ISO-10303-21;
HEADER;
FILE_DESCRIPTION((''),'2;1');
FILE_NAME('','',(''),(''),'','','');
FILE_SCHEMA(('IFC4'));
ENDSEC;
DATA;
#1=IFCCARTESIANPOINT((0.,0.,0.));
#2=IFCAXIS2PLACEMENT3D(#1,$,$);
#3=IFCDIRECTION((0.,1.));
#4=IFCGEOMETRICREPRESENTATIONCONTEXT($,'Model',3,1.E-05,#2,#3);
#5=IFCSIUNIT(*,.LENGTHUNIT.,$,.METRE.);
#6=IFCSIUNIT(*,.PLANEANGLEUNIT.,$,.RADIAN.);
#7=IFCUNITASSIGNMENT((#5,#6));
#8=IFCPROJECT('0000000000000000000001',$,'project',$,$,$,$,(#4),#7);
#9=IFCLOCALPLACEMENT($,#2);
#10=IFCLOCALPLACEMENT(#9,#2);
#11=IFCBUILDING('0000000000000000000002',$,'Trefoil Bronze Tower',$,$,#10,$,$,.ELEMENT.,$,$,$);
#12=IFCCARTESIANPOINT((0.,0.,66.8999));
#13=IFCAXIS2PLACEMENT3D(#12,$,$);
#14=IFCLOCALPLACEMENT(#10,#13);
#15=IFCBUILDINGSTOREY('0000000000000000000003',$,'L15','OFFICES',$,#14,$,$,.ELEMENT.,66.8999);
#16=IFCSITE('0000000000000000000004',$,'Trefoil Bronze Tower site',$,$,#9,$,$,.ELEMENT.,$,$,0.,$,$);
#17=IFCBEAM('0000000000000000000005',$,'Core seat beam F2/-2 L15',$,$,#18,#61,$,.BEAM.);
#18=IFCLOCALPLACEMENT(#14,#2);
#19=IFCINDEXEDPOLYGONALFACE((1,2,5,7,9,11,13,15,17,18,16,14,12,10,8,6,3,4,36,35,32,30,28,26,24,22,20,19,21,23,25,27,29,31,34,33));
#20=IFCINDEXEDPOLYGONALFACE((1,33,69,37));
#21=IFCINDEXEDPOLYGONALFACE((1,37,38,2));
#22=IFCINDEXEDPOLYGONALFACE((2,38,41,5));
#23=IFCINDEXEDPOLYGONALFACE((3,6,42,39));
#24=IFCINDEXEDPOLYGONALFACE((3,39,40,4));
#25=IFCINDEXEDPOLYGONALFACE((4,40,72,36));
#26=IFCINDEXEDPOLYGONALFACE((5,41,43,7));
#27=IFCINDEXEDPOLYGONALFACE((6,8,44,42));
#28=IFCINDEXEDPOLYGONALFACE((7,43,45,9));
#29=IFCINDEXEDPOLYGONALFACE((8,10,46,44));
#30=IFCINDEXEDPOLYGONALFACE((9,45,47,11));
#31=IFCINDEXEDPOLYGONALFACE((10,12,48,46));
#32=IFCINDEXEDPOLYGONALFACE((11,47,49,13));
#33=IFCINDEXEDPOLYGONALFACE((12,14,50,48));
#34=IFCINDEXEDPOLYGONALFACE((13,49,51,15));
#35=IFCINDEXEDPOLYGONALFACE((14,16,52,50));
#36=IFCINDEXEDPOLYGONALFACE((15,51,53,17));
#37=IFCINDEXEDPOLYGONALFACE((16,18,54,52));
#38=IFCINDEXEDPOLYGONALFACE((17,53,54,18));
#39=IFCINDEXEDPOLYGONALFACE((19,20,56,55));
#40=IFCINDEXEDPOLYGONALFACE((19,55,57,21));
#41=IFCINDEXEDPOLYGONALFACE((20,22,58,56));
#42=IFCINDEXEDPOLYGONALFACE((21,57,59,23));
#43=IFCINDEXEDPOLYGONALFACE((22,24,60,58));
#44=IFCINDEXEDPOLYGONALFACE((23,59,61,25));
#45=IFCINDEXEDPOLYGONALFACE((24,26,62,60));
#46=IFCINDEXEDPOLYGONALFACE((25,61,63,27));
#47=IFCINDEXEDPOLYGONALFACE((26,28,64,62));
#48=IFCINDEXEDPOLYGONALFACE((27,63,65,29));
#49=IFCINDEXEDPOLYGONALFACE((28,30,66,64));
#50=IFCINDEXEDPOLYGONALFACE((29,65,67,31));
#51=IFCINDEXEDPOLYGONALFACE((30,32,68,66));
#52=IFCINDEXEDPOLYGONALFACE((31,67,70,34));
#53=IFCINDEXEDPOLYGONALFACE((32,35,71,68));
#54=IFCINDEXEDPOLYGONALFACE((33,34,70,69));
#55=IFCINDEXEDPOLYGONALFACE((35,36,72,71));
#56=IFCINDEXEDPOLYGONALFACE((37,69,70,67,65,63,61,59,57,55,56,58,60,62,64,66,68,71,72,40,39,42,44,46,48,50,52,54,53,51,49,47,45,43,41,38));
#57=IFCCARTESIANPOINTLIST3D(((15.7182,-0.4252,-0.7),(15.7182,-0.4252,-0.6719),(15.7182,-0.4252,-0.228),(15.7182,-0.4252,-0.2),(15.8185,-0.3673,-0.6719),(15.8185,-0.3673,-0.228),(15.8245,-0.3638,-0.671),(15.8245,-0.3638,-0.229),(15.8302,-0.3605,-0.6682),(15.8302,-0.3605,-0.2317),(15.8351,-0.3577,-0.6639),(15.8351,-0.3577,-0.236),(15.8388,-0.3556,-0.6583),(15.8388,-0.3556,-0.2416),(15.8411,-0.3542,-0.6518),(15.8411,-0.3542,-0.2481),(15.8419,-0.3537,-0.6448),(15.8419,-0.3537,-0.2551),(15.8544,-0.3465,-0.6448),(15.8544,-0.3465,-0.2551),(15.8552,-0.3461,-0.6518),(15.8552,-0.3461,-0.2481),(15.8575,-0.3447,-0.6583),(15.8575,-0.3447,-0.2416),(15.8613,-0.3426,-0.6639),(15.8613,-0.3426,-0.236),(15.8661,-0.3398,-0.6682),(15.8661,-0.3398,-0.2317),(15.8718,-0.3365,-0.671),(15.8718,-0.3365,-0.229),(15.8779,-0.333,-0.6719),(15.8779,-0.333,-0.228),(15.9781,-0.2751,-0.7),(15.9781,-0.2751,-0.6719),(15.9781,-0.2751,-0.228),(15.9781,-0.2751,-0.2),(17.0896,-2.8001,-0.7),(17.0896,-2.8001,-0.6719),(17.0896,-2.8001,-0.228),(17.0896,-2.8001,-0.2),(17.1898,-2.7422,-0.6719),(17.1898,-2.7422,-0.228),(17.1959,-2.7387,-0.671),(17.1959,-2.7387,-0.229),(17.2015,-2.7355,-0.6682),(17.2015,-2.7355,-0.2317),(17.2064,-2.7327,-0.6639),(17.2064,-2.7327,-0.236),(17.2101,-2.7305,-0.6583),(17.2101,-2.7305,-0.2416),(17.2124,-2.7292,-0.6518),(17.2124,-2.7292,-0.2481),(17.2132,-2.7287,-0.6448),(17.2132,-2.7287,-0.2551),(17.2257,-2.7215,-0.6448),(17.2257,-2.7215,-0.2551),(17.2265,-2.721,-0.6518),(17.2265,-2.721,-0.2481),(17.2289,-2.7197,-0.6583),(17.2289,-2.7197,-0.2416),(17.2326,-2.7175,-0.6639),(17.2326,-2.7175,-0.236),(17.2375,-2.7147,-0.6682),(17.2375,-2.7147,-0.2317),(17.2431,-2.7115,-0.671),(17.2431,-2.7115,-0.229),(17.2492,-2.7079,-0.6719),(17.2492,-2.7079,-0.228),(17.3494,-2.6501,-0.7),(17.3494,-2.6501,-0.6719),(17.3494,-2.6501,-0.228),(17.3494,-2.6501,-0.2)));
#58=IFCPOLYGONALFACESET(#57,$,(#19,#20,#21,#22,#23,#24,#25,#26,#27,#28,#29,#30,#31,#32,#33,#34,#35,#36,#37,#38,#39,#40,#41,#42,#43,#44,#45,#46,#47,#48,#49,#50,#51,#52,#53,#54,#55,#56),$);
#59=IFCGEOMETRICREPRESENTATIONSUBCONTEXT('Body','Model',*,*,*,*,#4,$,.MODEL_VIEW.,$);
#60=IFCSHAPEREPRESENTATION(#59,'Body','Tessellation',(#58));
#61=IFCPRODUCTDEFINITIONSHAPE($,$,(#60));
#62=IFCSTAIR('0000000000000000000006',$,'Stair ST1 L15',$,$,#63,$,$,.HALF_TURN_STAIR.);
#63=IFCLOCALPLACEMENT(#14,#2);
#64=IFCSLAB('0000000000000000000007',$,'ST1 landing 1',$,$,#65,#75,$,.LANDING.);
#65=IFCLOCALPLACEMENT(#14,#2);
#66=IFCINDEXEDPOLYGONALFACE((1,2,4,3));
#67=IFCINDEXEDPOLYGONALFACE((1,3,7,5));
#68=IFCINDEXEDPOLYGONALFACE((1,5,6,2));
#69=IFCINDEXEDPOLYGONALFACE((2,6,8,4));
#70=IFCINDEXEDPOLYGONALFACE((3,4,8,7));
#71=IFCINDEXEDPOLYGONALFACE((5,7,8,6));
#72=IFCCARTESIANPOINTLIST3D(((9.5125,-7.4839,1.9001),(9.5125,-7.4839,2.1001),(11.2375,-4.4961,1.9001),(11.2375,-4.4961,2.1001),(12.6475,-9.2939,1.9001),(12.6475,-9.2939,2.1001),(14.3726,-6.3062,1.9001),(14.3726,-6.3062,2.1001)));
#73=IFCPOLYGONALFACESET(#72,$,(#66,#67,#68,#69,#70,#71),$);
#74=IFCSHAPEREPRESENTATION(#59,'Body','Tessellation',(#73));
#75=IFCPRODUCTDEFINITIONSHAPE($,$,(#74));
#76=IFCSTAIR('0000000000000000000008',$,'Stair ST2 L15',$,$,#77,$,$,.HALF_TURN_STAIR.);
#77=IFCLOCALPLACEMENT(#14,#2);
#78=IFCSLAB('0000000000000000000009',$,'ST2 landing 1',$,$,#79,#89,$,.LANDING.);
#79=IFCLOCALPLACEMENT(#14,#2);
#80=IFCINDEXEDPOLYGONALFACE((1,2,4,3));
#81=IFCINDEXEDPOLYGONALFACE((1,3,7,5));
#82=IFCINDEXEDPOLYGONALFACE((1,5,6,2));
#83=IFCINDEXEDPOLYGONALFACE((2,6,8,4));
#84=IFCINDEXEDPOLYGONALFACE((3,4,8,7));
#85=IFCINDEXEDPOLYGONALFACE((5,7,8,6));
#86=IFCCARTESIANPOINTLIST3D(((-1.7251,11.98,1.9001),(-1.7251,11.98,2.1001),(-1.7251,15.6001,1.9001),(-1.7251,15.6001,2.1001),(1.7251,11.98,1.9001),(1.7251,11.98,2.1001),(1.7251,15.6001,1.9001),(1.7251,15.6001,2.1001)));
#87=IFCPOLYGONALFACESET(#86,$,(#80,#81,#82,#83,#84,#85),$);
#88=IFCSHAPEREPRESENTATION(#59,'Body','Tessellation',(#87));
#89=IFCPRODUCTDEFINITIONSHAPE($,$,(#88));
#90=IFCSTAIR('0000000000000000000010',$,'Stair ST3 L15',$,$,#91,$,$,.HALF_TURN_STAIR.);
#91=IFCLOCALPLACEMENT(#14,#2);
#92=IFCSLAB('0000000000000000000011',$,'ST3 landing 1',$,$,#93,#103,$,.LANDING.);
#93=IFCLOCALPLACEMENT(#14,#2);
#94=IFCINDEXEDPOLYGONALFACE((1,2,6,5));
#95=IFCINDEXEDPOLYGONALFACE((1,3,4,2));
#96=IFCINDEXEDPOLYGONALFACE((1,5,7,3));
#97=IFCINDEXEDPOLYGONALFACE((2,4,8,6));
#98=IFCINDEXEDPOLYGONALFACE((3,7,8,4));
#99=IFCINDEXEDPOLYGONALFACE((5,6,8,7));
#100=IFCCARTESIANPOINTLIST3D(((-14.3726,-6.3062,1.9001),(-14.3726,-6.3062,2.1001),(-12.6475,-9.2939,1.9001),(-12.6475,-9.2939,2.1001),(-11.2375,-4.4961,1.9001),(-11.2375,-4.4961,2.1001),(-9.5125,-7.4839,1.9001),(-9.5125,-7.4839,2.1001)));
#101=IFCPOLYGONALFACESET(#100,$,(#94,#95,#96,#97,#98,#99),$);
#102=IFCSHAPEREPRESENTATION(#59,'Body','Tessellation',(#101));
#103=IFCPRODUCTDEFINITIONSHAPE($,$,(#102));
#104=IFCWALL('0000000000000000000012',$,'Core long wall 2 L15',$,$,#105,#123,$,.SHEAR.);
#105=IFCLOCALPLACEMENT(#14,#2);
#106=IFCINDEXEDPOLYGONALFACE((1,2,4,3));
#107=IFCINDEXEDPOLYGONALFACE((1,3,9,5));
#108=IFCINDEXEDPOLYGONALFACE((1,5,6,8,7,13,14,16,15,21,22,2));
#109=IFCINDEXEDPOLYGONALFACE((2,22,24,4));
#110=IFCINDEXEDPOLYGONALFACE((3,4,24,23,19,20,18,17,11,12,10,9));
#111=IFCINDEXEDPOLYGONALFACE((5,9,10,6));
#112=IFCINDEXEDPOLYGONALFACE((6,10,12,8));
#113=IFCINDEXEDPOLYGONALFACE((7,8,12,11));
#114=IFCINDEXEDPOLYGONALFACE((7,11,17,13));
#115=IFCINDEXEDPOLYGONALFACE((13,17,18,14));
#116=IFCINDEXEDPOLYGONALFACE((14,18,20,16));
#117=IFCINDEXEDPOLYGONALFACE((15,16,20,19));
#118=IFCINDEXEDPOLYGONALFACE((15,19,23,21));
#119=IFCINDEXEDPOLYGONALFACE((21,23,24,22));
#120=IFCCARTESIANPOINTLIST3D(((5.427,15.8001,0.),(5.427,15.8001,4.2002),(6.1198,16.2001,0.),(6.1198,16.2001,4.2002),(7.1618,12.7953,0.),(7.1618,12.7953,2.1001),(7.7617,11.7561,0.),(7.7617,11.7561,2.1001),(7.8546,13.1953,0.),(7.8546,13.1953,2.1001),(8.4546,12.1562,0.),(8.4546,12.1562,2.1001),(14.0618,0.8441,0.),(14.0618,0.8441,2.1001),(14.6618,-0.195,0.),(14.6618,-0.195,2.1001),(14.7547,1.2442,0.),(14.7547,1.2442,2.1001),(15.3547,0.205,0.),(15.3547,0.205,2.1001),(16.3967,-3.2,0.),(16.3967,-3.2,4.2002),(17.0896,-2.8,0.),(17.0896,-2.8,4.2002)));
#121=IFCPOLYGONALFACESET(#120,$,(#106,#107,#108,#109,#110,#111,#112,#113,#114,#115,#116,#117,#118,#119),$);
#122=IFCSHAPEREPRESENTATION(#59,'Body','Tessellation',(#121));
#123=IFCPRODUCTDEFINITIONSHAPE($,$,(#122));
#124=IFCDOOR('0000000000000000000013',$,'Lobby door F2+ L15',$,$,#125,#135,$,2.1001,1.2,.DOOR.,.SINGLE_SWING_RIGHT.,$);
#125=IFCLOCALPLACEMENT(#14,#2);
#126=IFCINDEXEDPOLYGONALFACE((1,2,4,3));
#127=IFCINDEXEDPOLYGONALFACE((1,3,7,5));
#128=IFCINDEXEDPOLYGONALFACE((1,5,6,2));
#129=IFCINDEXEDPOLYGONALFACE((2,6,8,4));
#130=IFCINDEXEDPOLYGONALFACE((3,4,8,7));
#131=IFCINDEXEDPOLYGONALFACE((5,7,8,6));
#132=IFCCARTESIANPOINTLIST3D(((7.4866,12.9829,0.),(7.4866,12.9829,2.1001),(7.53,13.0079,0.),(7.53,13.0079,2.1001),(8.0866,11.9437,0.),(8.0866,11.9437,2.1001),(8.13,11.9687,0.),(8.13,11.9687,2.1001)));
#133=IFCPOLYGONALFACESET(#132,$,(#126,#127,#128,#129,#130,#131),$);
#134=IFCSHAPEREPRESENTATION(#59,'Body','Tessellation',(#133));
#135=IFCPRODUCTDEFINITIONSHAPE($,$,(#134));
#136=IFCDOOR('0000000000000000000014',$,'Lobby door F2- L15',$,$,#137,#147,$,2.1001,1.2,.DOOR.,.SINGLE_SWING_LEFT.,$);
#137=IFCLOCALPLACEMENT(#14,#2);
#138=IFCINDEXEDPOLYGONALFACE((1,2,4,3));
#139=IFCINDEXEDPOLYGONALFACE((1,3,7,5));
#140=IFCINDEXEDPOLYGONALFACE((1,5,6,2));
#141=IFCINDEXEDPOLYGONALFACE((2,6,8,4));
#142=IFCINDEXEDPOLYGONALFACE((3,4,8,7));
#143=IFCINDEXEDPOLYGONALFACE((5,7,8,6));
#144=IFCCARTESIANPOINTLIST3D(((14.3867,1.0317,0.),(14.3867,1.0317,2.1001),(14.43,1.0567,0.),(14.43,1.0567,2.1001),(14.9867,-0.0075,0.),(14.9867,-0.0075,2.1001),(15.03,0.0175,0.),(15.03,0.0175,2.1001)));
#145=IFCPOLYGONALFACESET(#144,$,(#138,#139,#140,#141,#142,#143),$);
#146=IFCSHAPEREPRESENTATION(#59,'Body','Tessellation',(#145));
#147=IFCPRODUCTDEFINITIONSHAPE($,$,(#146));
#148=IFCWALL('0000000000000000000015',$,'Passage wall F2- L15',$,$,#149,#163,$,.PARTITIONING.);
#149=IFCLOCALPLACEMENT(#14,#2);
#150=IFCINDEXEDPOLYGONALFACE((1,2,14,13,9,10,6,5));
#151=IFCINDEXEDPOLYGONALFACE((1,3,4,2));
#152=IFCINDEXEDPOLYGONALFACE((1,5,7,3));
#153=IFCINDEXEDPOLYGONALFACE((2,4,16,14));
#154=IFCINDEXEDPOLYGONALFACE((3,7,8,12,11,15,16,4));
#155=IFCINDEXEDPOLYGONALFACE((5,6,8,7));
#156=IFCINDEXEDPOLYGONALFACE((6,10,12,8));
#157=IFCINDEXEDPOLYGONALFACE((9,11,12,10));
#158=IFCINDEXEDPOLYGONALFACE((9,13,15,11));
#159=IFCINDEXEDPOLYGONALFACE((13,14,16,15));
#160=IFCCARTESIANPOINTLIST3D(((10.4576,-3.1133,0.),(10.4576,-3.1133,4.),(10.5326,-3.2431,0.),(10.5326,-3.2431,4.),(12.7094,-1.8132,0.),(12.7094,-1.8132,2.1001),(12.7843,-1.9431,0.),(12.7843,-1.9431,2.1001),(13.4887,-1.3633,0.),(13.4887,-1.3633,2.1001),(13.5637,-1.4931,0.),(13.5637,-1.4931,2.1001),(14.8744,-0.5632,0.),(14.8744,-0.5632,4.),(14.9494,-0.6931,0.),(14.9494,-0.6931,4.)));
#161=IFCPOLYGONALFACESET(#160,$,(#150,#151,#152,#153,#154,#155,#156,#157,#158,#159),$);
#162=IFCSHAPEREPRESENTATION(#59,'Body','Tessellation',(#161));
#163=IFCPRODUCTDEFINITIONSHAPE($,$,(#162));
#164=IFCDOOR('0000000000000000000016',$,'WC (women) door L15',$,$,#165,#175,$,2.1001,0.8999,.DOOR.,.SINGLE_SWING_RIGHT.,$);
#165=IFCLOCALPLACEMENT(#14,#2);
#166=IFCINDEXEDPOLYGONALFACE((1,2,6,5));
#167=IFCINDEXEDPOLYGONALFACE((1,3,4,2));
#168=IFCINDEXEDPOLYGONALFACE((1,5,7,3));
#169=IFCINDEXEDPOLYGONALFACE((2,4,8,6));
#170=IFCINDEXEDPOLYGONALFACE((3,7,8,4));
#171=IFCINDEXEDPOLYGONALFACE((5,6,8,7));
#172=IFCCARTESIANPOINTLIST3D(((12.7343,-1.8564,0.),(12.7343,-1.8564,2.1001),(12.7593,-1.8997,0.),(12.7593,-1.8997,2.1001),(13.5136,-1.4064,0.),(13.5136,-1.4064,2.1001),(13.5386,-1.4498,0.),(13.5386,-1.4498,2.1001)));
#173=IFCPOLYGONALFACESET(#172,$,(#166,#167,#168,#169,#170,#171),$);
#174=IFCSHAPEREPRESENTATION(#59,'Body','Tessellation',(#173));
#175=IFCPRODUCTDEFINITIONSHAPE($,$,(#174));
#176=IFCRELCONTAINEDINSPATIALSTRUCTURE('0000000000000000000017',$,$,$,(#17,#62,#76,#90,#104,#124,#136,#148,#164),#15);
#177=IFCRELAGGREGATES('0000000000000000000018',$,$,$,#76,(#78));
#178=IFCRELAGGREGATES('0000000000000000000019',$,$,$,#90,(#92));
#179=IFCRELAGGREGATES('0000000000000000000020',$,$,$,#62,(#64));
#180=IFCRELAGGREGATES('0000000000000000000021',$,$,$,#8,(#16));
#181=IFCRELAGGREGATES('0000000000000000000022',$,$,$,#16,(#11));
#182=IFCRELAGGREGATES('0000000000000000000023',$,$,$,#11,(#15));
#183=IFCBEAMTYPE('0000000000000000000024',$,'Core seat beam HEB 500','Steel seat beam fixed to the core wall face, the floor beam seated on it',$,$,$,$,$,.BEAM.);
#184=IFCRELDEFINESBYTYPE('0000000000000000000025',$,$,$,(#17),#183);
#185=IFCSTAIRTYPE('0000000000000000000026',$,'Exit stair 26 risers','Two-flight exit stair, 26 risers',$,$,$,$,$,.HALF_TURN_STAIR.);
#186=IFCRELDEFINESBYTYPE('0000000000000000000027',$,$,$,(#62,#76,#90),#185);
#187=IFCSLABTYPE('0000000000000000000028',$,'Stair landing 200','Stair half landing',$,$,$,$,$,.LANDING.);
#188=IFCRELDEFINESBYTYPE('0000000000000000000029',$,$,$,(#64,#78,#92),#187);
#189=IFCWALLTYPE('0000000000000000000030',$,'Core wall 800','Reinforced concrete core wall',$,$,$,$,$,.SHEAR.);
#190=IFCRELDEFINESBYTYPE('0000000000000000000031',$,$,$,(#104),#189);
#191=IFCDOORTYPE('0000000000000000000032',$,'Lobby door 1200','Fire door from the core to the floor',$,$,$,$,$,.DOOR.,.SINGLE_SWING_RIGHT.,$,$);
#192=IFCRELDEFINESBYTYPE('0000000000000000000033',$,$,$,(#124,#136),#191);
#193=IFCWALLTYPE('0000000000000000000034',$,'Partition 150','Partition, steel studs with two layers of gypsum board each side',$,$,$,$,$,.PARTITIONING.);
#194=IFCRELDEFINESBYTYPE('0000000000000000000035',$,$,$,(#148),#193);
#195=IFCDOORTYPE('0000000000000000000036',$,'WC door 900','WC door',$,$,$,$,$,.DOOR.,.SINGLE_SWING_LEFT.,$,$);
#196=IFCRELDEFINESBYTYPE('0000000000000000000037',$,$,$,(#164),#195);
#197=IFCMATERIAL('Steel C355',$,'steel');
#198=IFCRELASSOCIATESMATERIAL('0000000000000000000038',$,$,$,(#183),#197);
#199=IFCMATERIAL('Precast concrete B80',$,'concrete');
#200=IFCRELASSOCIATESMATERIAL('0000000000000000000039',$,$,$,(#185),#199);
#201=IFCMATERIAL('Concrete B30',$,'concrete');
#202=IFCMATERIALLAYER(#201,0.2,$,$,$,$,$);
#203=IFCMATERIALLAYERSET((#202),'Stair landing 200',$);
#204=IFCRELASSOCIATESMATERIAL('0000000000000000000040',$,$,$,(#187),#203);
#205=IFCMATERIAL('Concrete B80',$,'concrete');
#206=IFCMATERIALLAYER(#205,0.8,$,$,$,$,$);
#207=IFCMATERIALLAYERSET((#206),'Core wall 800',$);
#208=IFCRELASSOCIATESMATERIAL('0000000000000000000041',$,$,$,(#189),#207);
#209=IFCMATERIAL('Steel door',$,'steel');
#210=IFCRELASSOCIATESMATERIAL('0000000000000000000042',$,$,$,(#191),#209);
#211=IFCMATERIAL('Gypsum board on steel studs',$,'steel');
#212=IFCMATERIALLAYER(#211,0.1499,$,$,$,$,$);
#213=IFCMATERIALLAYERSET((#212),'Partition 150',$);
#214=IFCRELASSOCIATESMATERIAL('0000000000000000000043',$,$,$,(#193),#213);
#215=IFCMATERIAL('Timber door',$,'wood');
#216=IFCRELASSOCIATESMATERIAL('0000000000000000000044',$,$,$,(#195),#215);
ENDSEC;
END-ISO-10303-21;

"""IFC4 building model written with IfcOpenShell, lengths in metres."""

from ifc_helpers import new_model, si_unit, direction, frame, frame_2d, origin, origin_2d, place, context, subcontext, project, spatial, polyline, rectangle, i_section, outline, extrude, material, layer, layer_set, material_profile, profile_set, type_object, element, fill, aggregate, save


model = new_model("IFC4")

# Units and contexts
model_context = context("Model", 3, precision=1e-05, world=origin(), true_north=direction((0.0, 1.0)))
body_context = subcontext(model_context, "Body", "Model", "MODEL_VIEW")
ifc_project = project(units=[si_unit("LENGTHUNIT", "METRE"), si_unit("PLANEANGLEUNIT", "RADIAN")], contexts=[model_context])

# Site, building, storey
site_placement = place(None, origin())
site = spatial("IfcSite", under=ifc_project, at=site_placement, Name="Trefoil Bronze Tower site", CompositionType="ELEMENT", RefElevation=0.0)
building_placement = place(site_placement, origin())
building = spatial("IfcBuilding", under=site, at=building_placement, Name="Trefoil Bronze Tower", CompositionType="ELEMENT")
storey_placement = place(building_placement, frame((0.0, 0.0, 66.8999)))
storey = spatial("IfcBuildingStorey", under=building, at=storey_placement, Name="L15", Description="OFFICES", CompositionType="ELEMENT", Elevation=66.8999)

# Beam
ifc_material_1 = material(Name="Steel C355", Category="steel")
ifc_material_profile = material_profile(ifc_material_1, i_section(OverallWidth=0.3, OverallDepth=0.5, WebThickness=0.0144, FlangeThickness=0.0281, FilletRadius=0.0271, at=origin_2d()), Name="HEB 500")
ifc_profile_set = profile_set([ifc_material_profile], Name="Steel C355")
beam_type = type_object("IfcBeamType", Name="Core seat beam HEB 500", Description="Steel seat beam fixed to the core wall face, the floor beam seated on it", PredefinedType="BEAM", material=ifc_profile_set)
beam_placement = place(storey_placement, frame((17.2195, -2.7251, -0.45), z_axis=(-0.500036, 0.866005, 0.0), x_axis=(-0.866005, -0.500036, 0.0)))
element("IfcBeam", 1, at=beam_placement, inside=storey, type_object=beam_type, Name="Core seat beam F2/-2 L15", PredefinedType="BEAM", context=body_context, shape_type="SweptSolid", body=[
    extrude(i_section(OverallWidth=0.3, OverallDepth=0.5, WebThickness=0.0144, FlangeThickness=0.0281, FilletRadius=0.0271, at=origin_2d()), origin(), (0.0, 0.0, 1.0), 2.7424),
])

# Stairs, slabs
ifc_material_2 = material(Name="Precast concrete B80", Category="concrete")
stair_type = type_object("IfcStairType", Name="Exit stair 26 risers", Description="Two-flight exit stair, 26 risers", PredefinedType="HALF_TURN_STAIR", material=ifc_material_2)
stair_1_placement = place(storey_placement, origin())
stair_1 = element("IfcStair", 2, at=stair_1_placement, inside=storey, type_object=stair_type, Name="Stair ST1 L15", PredefinedType="HALF_TURN_STAIR")
ifc_material_3 = material(Name="Concrete B30", Category="concrete")
ifc_layer_1 = layer(ifc_material_3, 0.2)
ifc_layer_set_1 = layer_set([ifc_layer_1], Name="Stair landing 200")
slab_type = type_object("IfcSlabType", Name="Stair landing 200", Description="Stair half landing", PredefinedType="LANDING", material=ifc_layer_set_1)
slab_1_placement = place(storey_placement, frame((0.0, 0.0, 1.9001)))
slab_1 = element("IfcSlab", 3, at=slab_1_placement, type_object=slab_type, Name="ST1 landing 1", PredefinedType="LANDING", context=body_context, shape_type="SweptSolid", body=[
    extrude(outline(polyline([(9.5125, -7.4839), (12.6475, -9.2939), (14.3726, -6.3062), (11.2375, -4.4961), (9.5125, -7.4839)])), origin(), (0.0, 0.0, 1.0), 0.2),
])
stair_2_placement = place(storey_placement, origin())
stair_2 = element("IfcStair", 4, at=stair_2_placement, inside=storey, type_object=stair_type, Name="Stair ST2 L15", PredefinedType="HALF_TURN_STAIR")
slab_2_placement = place(storey_placement, frame((0.0, 0.0, 1.9001)))
slab_2 = element("IfcSlab", 5, at=slab_2_placement, type_object=slab_type, Name="ST2 landing 1", PredefinedType="LANDING", context=body_context, shape_type="SweptSolid", body=[
    extrude(outline(polyline([(1.7251, 11.98), (1.7251, 15.6001), (-1.7251, 15.6001), (-1.7251, 11.98), (1.7251, 11.98)])), origin(), (0.0, 0.0, 1.0), 0.2),
])
aggregate(stair_2, [slab_2])
stair_3_placement = place(storey_placement, origin())
stair_3 = element("IfcStair", 6, at=stair_3_placement, inside=storey, type_object=stair_type, Name="Stair ST3 L15", PredefinedType="HALF_TURN_STAIR")
slab_3_placement = place(storey_placement, frame((0.0, 0.0, 1.9001)))
slab_3 = element("IfcSlab", 7, at=slab_3_placement, type_object=slab_type, Name="ST3 landing 1", PredefinedType="LANDING", context=body_context, shape_type="SweptSolid", body=[
    extrude(outline(polyline([(-11.2375, -4.4961), (-14.3726, -6.3062), (-12.6475, -9.2939), (-9.5125, -7.4839), (-11.2375, -4.4961)])), origin(), (0.0, 0.0, 1.0), 0.2),
])
aggregate(stair_3, [slab_3])

# Wall, openings, doors
ifc_material_4 = material(Name="Concrete B80", Category="concrete")
ifc_layer_2 = layer(ifc_material_4, 0.8)
ifc_layer_set_2 = layer_set([ifc_layer_2], Name="Core wall 800")
wall_type_1 = type_object("IfcWallType", Name="Core wall 800", Description="Reinforced concrete core wall", PredefinedType="SHEAR", material=ifc_layer_set_2)
wall_1_placement = place(storey_placement, frame((16.7432, -3.0, 0.0), z_axis=(0.0, 0.0, 1.0), x_axis=(-0.500002, 0.866024, 0.0)))
wall_1 = element("IfcWall", 8, at=wall_1_placement, inside=storey, type_object=wall_type_1, Name="Core long wall 2 L15", PredefinedType="SHEAR", context=body_context, shape_type="SweptSolid", body=[
    extrude(rectangle(XDim=21.9395, YDim=0.8, at=frame_2d((10.9697, 0.0))), origin(), (0.0, 0.0, 1.0), 4.2002),
])
opening_1_placement = place(wall_1_placement, frame((17.2698, 0.0, 0.0)))
opening_1 = element("IfcOpeningElement", 9, at=opening_1_placement, cuts=wall_1, PredefinedType="OPENING", context=body_context, shape_type="SweptSolid", body=[
    extrude(rectangle(XDim=1.2, YDim=2.1001, at=frame_2d((0.6001, 1.05))), frame((0.0, 0.4099, 0.0), z_axis=(0.0, -1.0, 0.0), x_axis=(1.0, 0.0, 0.0)), (0.0, 0.0, 1.0), 0.8201),
])
opening_2_placement = place(wall_1_placement, frame((3.4697, 0.0, 0.0)))
opening_2 = element("IfcOpeningElement", 10, at=opening_2_placement, cuts=wall_1, PredefinedType="OPENING", context=body_context, shape_type="SweptSolid", body=[
    extrude(rectangle(XDim=1.2, YDim=2.1001, at=frame_2d((0.6001, 1.05))), frame((0.0, 0.4099, 0.0), z_axis=(0.0, -1.0, 0.0), x_axis=(1.0, 0.0, 0.0)), (0.0, 0.0, 1.0), 0.8201),
])
ifc_material_5 = material(Name="Steel door", Category="steel")
door_type_1 = type_object("IfcDoorType", Name="Lobby door 1200", Description="Fire door from the core to the floor", OperationType="SINGLE_SWING_RIGHT", PredefinedType="DOOR", material=ifc_material_5)
door_1_placement = place(opening_1_placement, origin())
door_1 = element("IfcDoor", 11, at=door_1_placement, inside=storey, type_object=door_type_1, Name="Lobby door F2+ L15", OperationType="SINGLE_SWING_RIGHT", OverallHeight=2.1001, OverallWidth=1.2, PredefinedType="DOOR", context=body_context, shape_type="SweptSolid", body=[
    extrude(rectangle(XDim=1.2, YDim=2.1001, at=frame_2d((0.6001, 1.05))), frame((0.0, 0.0249, 0.0), z_axis=(0.0, -1.0, 0.0), x_axis=(1.0, 0.0, 0.0)), (0.0, 0.0, 1.0), 0.05),
])
fill(opening_1, door_1)
door_2_placement = place(opening_2_placement, origin())
door_2 = element("IfcDoor", 12, at=door_2_placement, inside=storey, type_object=door_type_1, Name="Lobby door F2- L15", OperationType="SINGLE_SWING_LEFT", OverallHeight=2.1001, OverallWidth=1.2, PredefinedType="DOOR", context=body_context, shape_type="SweptSolid", body=[
    extrude(rectangle(XDim=1.2, YDim=2.1001, at=frame_2d((0.6001, 1.05))), frame((0.0, 0.0249, 0.0), z_axis=(0.0, -1.0, 0.0), x_axis=(1.0, 0.0, 0.0)), (0.0, 0.0, 1.0), 0.05),
])
fill(opening_2, door_2)

# Wall, opening, door
ifc_material_6 = material(Name="Gypsum board on steel studs", Category="steel")
ifc_layer_3 = layer(ifc_material_6, 0.1499)
ifc_layer_set_3 = layer_set([ifc_layer_3], Name="Partition 150")
wall_type_2 = type_object("IfcWallType", Name="Partition 150", Description="Partition, steel studs with two layers of gypsum board each side", PredefinedType="PARTITIONING", material=ifc_layer_set_3)
wall_2_placement = place(storey_placement, frame((10.4951, -3.1782, 0.0), z_axis=(0.0, 0.0, 1.0), x_axis=(0.866022, 0.500006, 0.0)))
wall_2 = element("IfcWall", 13, at=wall_2_placement, inside=storey, type_object=wall_type_2, Name="Passage wall F2- L15", PredefinedType="PARTITIONING", context=body_context, shape_type="SweptSolid", body=[
    extrude(rectangle(XDim=5.1001, YDim=0.1499, at=frame_2d((2.55, 0.0))), origin(), (0.0, 0.0, 1.0), 4.0),
])
opening_3_placement = place(wall_2_placement, frame((2.6001, 0.0, 0.0)))
opening_3 = element("IfcOpeningElement", 14, at=opening_3_placement, cuts=wall_2, PredefinedType="OPENING", context=body_context, shape_type="SweptSolid", body=[
    extrude(rectangle(XDim=0.8999, YDim=2.1001, at=frame_2d((0.45, 1.05))), frame((0.0, 0.085, 0.0), z_axis=(0.0, -1.0, 0.0), x_axis=(1.0, 0.0, 0.0)), (0.0, 0.0, 1.0), 0.1699),
])
ifc_material_7 = material(Name="Timber door", Category="wood")
door_type_2 = type_object("IfcDoorType", Name="WC door 900", Description="WC door", OperationType="SINGLE_SWING_LEFT", PredefinedType="DOOR", material=ifc_material_7)
door_3_placement = place(opening_3_placement, frame((0.8999, 0.0, 0.0), z_axis=(0.0, 0.0, 1.0), x_axis=(-1.0, 0.0, 0.0)))
door_3 = element("IfcDoor", 15, at=door_3_placement, inside=storey, type_object=door_type_2, Name="WC (women) door L15", OperationType="SINGLE_SWING_RIGHT", OverallHeight=2.1001, OverallWidth=0.8999, PredefinedType="DOOR", context=body_context, shape_type="SweptSolid", body=[
    extrude(rectangle(XDim=0.8999, YDim=2.1001, at=frame_2d((0.45, 1.05))), frame((0.0, 0.0249, 0.0), z_axis=(0.0, -1.0, 0.0), x_axis=(1.0, 0.0, 0.0)), (0.0, 0.0, 1.0), 0.05),
])
fill(opening_3, door_3)

aggregate(stair_1, [slab_1])

save(model, "model.ifc")
